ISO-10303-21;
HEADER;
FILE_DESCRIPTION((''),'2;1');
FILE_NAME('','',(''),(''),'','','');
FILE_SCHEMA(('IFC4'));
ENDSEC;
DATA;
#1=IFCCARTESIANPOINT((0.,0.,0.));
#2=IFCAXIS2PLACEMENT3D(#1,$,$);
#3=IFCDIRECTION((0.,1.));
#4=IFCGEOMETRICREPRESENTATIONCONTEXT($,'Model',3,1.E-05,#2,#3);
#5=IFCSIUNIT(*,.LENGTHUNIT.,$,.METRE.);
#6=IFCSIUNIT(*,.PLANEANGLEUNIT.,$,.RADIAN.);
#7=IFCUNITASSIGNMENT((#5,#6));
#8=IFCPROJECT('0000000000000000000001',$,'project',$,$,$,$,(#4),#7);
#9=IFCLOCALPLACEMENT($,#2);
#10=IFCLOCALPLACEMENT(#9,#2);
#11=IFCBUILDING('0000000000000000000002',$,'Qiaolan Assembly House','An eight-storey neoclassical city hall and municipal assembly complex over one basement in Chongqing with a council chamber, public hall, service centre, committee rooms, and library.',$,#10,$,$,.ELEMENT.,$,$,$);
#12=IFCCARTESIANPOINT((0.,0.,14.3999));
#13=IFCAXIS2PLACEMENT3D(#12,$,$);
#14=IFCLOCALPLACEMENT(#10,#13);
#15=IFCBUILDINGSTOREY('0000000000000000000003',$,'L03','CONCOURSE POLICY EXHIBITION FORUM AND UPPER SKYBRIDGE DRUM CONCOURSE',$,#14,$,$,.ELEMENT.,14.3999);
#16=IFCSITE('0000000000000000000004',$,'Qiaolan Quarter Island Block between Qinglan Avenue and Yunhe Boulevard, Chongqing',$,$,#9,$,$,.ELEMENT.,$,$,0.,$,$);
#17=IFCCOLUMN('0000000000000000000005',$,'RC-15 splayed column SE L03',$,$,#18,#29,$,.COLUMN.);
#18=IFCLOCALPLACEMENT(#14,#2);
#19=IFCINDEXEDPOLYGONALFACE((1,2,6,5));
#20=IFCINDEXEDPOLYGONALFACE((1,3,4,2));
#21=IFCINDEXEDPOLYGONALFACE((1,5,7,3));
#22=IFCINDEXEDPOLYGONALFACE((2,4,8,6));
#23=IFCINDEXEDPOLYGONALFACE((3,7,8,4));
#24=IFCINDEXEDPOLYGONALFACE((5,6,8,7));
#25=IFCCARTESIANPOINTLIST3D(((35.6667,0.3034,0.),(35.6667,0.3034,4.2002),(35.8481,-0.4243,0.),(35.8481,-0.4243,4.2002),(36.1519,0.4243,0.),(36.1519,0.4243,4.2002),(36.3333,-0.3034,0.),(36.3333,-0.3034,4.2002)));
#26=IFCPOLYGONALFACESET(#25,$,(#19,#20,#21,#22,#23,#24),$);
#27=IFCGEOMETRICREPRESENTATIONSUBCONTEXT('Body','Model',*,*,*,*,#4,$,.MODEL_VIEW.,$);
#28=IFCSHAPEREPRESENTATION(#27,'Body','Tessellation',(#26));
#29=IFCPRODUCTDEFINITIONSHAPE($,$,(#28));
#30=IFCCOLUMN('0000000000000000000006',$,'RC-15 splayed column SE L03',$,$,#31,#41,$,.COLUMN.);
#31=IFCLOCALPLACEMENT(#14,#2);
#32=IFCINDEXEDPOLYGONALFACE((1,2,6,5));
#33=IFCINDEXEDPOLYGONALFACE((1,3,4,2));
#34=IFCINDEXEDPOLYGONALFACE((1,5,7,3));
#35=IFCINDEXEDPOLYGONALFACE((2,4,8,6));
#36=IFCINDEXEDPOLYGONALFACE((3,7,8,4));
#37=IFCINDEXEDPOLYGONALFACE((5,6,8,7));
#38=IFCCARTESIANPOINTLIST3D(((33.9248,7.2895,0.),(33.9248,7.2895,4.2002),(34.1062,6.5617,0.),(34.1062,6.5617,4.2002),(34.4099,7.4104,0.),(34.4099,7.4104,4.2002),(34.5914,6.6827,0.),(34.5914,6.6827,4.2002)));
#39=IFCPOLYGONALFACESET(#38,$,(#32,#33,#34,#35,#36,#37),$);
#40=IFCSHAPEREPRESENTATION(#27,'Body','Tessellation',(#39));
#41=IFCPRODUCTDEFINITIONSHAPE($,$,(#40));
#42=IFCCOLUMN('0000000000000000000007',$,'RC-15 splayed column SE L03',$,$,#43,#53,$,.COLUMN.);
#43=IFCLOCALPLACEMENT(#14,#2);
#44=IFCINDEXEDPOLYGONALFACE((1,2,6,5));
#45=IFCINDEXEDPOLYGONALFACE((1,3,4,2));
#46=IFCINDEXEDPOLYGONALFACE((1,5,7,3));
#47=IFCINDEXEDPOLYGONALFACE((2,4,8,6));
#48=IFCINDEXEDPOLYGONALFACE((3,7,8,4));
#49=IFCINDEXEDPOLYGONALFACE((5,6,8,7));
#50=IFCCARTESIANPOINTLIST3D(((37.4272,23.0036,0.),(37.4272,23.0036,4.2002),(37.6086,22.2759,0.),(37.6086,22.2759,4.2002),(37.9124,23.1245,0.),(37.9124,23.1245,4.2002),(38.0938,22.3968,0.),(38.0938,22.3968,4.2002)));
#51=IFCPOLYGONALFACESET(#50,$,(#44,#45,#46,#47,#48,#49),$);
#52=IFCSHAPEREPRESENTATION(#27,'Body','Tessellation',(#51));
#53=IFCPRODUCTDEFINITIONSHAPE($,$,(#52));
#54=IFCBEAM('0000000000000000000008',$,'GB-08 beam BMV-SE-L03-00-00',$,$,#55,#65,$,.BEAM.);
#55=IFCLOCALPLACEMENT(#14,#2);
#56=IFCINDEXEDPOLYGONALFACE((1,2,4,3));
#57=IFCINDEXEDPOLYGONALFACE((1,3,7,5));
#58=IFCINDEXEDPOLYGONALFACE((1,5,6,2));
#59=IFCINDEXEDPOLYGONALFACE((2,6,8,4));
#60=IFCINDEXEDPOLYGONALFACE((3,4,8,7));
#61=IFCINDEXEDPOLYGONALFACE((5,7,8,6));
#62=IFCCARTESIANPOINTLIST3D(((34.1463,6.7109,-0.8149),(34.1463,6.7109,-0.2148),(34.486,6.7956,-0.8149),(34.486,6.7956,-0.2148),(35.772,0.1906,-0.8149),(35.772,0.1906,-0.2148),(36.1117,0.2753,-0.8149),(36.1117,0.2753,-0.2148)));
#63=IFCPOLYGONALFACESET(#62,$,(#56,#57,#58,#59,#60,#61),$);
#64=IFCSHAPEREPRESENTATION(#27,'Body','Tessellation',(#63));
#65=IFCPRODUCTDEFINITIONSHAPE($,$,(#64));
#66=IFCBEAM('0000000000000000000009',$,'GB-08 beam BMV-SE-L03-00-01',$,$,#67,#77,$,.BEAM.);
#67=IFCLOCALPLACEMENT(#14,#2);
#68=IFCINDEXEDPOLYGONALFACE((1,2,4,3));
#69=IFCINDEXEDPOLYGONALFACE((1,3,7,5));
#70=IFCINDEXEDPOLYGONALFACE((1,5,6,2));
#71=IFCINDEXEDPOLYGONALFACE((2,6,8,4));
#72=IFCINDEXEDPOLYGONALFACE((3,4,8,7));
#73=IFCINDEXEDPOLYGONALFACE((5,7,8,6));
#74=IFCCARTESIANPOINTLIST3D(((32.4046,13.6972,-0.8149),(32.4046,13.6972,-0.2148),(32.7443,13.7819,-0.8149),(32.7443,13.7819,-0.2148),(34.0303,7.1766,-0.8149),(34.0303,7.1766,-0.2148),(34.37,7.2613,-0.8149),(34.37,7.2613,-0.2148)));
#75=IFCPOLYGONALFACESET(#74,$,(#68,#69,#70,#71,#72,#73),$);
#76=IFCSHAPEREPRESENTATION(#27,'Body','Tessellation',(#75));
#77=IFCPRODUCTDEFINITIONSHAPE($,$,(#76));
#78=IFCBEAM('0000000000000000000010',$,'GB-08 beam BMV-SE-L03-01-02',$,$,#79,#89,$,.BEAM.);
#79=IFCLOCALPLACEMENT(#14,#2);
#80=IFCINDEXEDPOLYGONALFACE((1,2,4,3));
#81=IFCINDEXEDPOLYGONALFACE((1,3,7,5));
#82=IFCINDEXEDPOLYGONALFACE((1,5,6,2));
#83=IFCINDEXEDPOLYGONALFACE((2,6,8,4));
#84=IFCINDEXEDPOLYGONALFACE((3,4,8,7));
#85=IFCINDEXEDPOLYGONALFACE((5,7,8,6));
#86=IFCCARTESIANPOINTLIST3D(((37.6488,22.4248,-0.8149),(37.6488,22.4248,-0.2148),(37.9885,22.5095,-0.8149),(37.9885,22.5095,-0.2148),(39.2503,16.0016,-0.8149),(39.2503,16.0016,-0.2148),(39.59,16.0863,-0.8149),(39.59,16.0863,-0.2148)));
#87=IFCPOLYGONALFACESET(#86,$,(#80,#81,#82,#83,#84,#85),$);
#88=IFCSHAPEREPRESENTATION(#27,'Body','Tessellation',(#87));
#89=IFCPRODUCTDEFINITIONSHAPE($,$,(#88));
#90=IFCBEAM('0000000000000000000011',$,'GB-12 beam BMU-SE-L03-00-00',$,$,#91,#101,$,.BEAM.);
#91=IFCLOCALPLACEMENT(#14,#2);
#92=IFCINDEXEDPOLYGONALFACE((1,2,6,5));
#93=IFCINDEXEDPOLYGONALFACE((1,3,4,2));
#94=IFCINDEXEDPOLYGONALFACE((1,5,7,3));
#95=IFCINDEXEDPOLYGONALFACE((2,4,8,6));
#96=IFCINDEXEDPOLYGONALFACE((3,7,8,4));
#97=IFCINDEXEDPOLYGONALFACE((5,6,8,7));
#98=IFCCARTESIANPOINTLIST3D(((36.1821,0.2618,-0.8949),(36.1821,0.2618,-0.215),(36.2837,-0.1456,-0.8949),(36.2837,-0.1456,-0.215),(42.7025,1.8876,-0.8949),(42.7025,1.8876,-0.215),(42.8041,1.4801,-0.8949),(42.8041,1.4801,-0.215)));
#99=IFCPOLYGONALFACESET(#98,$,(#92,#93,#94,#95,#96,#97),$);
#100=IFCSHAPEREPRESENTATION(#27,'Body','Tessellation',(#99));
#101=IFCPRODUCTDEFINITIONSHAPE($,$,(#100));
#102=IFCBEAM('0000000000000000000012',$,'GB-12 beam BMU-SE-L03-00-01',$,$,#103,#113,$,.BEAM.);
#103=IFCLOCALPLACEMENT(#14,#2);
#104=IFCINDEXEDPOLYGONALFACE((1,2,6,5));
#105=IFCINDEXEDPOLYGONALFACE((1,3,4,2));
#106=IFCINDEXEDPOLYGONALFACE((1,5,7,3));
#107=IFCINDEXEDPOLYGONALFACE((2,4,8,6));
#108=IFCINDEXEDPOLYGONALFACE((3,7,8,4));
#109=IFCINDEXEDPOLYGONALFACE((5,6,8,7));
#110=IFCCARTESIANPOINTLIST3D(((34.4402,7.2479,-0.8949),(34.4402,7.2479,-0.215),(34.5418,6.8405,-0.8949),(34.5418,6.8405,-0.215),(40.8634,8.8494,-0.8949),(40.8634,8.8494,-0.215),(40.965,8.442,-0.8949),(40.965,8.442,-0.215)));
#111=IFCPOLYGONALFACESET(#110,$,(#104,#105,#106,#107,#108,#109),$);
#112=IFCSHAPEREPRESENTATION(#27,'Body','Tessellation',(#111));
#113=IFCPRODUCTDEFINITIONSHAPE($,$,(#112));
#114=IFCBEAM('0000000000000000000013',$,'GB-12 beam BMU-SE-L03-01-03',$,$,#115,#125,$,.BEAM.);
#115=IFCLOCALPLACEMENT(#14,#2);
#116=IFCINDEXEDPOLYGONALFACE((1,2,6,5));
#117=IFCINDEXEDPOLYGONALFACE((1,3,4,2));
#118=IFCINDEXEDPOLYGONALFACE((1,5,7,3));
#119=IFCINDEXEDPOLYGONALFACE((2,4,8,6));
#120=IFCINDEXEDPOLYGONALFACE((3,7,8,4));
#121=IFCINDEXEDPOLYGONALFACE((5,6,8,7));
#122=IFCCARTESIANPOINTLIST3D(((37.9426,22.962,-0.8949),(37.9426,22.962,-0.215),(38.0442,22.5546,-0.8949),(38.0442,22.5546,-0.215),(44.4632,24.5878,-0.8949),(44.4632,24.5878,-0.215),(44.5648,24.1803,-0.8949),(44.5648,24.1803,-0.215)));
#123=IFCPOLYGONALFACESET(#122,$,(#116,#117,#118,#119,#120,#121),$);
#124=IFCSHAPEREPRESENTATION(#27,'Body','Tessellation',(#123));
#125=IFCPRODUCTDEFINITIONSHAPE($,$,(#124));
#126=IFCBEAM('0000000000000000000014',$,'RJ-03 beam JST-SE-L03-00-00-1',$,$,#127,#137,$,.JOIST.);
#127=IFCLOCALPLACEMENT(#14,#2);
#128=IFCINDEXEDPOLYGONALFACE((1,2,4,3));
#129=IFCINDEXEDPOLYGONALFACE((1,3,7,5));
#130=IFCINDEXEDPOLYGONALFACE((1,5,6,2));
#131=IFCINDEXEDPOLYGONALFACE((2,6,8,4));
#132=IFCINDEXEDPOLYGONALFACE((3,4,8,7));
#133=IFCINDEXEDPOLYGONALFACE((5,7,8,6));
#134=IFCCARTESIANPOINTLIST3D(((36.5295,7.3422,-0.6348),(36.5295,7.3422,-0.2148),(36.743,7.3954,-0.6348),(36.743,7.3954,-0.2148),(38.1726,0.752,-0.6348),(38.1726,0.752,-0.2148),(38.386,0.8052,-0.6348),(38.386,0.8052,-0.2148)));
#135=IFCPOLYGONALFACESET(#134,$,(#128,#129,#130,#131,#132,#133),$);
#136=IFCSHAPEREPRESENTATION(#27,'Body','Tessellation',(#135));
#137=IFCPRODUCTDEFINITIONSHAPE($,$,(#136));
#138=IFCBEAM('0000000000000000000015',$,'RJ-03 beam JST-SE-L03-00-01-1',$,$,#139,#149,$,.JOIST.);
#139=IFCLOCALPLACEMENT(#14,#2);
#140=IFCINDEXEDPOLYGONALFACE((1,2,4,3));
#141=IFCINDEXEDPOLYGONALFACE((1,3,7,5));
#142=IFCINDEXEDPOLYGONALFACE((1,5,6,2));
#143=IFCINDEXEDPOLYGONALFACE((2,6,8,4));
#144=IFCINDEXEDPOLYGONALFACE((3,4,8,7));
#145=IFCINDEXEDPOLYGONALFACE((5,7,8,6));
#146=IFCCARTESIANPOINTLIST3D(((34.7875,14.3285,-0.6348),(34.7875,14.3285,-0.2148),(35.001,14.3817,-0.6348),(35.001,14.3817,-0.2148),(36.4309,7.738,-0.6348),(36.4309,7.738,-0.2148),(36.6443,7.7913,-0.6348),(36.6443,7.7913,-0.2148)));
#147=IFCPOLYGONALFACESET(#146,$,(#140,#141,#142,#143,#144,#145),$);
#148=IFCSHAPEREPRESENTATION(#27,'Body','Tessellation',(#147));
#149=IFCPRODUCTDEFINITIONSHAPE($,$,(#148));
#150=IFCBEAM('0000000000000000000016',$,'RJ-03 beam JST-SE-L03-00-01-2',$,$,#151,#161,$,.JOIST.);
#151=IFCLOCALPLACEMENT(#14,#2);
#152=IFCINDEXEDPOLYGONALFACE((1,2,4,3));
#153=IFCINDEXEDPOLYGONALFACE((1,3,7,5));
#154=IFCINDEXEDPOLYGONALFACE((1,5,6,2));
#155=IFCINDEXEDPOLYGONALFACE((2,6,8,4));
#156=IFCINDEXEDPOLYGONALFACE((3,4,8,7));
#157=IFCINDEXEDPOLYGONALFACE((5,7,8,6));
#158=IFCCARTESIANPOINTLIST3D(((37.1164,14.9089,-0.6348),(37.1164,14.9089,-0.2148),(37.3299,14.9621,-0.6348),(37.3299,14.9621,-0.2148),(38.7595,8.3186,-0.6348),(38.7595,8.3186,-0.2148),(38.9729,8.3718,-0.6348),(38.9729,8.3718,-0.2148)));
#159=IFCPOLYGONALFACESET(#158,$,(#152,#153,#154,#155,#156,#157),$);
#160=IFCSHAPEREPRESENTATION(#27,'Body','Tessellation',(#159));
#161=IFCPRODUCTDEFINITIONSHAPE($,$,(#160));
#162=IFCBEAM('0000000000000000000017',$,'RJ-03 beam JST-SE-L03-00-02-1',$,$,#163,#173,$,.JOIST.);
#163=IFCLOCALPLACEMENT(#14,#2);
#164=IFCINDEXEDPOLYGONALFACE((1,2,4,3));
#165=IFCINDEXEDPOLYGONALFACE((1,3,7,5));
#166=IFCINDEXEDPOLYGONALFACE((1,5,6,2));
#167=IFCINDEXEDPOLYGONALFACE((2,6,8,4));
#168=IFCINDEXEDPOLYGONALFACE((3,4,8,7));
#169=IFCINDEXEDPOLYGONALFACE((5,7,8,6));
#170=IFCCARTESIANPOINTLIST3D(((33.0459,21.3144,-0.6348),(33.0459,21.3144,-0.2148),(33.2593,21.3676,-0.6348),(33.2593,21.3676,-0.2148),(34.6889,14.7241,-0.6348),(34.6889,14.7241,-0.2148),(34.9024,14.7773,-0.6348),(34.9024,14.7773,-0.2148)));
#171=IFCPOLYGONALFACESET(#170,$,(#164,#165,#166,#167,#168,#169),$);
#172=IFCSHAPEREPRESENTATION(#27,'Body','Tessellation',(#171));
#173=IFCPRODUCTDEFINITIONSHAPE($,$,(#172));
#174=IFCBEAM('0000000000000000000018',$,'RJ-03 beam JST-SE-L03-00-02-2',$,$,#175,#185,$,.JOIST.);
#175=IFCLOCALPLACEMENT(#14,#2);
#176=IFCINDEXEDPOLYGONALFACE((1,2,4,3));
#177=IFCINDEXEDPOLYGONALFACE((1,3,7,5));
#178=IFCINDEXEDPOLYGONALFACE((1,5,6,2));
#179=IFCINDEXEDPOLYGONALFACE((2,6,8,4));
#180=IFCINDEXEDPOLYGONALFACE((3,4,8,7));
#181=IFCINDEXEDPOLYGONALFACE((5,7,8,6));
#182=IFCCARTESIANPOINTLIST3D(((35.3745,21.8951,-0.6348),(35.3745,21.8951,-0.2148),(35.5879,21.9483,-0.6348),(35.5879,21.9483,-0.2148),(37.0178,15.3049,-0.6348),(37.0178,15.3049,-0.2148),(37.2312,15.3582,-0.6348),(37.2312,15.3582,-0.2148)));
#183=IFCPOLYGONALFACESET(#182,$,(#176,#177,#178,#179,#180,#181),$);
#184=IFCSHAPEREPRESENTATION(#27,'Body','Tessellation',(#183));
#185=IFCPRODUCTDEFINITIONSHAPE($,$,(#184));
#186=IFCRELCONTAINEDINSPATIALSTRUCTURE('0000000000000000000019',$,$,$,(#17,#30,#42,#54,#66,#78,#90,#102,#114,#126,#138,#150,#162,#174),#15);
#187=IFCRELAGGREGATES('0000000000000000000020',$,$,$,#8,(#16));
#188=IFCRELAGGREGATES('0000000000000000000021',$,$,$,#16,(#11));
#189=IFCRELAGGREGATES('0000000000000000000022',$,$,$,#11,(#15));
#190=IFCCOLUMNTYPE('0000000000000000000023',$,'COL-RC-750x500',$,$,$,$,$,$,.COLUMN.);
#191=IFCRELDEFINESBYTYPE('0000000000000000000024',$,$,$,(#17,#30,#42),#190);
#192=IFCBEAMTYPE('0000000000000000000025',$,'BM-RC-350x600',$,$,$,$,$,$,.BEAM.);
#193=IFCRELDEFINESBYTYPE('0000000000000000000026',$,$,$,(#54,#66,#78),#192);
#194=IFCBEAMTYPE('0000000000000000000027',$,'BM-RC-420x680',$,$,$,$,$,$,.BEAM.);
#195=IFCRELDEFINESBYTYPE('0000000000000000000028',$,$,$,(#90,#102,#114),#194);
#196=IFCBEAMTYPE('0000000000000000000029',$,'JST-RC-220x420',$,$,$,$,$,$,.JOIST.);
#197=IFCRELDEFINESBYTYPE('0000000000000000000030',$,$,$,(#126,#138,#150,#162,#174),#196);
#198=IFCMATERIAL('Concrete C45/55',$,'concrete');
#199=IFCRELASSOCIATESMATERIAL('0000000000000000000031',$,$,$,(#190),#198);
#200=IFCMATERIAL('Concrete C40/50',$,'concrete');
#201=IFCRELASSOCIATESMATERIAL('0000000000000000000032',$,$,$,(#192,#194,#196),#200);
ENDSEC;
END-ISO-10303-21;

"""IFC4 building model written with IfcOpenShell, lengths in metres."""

from ifc_helpers import new_model, si_unit, direction, frame, origin, origin_2d, place, context, subcontext, project, spatial, rectangle, extrude, material, material_profile, profile_set, type_object, element, save


model = new_model("IFC4")

# Units and contexts
model_context = context("Model", 3, precision=1e-05, world=origin(), true_north=direction((0.0, 1.0)))
body_context = subcontext(model_context, "Body", "Model", "MODEL_VIEW")
ifc_project = project(units=[si_unit("LENGTHUNIT", "METRE"), si_unit("PLANEANGLEUNIT", "RADIAN")], contexts=[model_context])

# Site, building, storey
site_placement = place(None, origin())
site = spatial("IfcSite", under=ifc_project, at=site_placement, Name="Qiaolan Quarter Island Block between Qinglan Avenue and Yunhe Boulevard, Chongqing", CompositionType="ELEMENT", RefElevation=0.0)
building_placement = place(site_placement, origin())
building = spatial("IfcBuilding", under=site, at=building_placement, Name="Qiaolan Assembly House", Description="An eight-storey neoclassical city hall and municipal assembly complex over one basement in Chongqing with a council chamber, public hall, service centre, committee rooms, and library.", CompositionType="ELEMENT")
storey_placement = place(building_placement, frame((0.0, 0.0, 14.3999)))
storey = spatial("IfcBuildingStorey", under=building, at=storey_placement, Name="L03", Description="CONCOURSE POLICY EXHIBITION FORUM AND UPPER SKYBRIDGE DRUM CONCOURSE", CompositionType="ELEMENT", Elevation=14.3999)

# Columns
ifc_material_1 = material(Name="Concrete C45/55", Category="concrete")
ifc_material_profile_1 = material_profile(ifc_material_1, rectangle(XDim=0.5, YDim=0.75, at=origin_2d()), Name="RC 750x500")
ifc_profile_set_1 = profile_set([ifc_material_profile_1], Name="Concrete C45/55")
column_type = type_object("IfcColumnType", Name="COL-RC-750x500", PredefinedType="COLUMN", material=ifc_profile_set_1)
for number, where, z_axis, x_axis, name in (
    (1, (36.0, 0.0, 0.0), (0.0, 0.0, 1.0), (0.970296, 0.241922, 0.0), "RC-15 splayed column SE L03"),
    (2, (34.2581, 6.9861, 0.0), (0.0, 0.0, 1.0), (0.970296, 0.241922, 0.0), "RC-15 splayed column SE L03"),
    (3, (37.7605, 22.7002, 0.0), (0.0, 0.0, 1.0), (0.970296, 0.241922, 0.0), "RC-15 splayed column SE L03"),
):
    element("IfcColumn", number, at=place(storey_placement, frame(where, z_axis=z_axis, x_axis=x_axis)), inside=storey, type_object=column_type, Name=name, PredefinedType="COLUMN", context=body_context, shape_type="SweptSolid", body=[
        extrude(rectangle(XDim=0.5, YDim=0.75, at=origin_2d()), origin(), (0.0, 0.0, 1.0), 4.2002),
    ])

# Beams
ifc_material_2 = material(Name="Concrete C40/50", Category="concrete")
ifc_material_profile_2 = material_profile(ifc_material_2, rectangle(XDim=0.3501, YDim=0.6001, at=origin_2d()), Name="RCB 350x600")
ifc_profile_set_2 = profile_set([ifc_material_profile_2], Name="Concrete C40/50")
beam_type_1 = type_object("IfcBeamType", Name="BM-RC-350x600", PredefinedType="BEAM", material=ifc_profile_set_2)
beam_1_placement = place(storey_placement, frame((35.9419, 0.2329, -0.5149), z_axis=(-0.241929, 0.970294, 0.0), x_axis=(-0.970294, -0.241929, 0.0)))
element("IfcBeam", 4, at=beam_1_placement, inside=storey, type_object=beam_type_1, Name="GB-08 beam BMV-SE-L03-00-00", PredefinedType="BEAM", context=body_context, shape_type="SweptSolid", body=[
    extrude(rectangle(XDim=0.3501, YDim=0.6001, at=origin_2d()), origin(), (0.0, 0.0, 1.0), 6.72),
])
beam_2_placement = place(storey_placement, frame((34.2002, 7.219, -0.5149), z_axis=(-0.24192, 0.970296, 0.0), x_axis=(-0.970296, -0.24192, 0.0)))
element("IfcBeam", 5, at=beam_2_placement, inside=storey, type_object=beam_type_1, Name="GB-08 beam BMV-SE-L03-00-01", PredefinedType="BEAM", context=body_context, shape_type="SweptSolid", body=[
    extrude(rectangle(XDim=0.3501, YDim=0.6001, at=origin_2d()), origin(), (0.0, 0.0, 1.0), 6.7202),
])
beam_3_placement = place(storey_placement, frame((39.4202, 16.0439, -0.5149), z_axis=(-0.241928, 0.970294, 0.0), x_axis=(-0.970294, -0.241928, 0.0)))
element("IfcBeam", 6, at=beam_3_placement, inside=storey, type_object=beam_type_1, Name="GB-08 beam BMV-SE-L03-01-02", PredefinedType="BEAM", context=body_context, shape_type="SweptSolid", body=[
    extrude(rectangle(XDim=0.3501, YDim=0.6001, at=origin_2d()), origin(), (0.0, 0.0, 1.0), 6.6199),
])
ifc_material_profile_3 = material_profile(ifc_material_2, rectangle(XDim=0.4199, YDim=0.6799, at=origin_2d()), Name="RCB 420x680")
ifc_profile_set_3 = profile_set([ifc_material_profile_3], Name="Concrete C40/50")
beam_type_2 = type_object("IfcBeamType", Name="BM-RC-420x680", PredefinedType="BEAM", material=ifc_profile_set_3)
beam_4_placement = place(storey_placement, frame((36.2329, 0.0581, -0.5549), z_axis=(0.970294, 0.241929, 0.0), x_axis=(-0.241929, 0.970294, 0.0)))
element("IfcBeam", 7, at=beam_4_placement, inside=storey, type_object=beam_type_2, Name="GB-12 beam BMU-SE-L03-00-00", PredefinedType="BEAM", context=body_context, shape_type="SweptSolid", body=[
    extrude(rectangle(XDim=0.4199, YDim=0.6799, at=origin_2d()), origin(), (0.0, 0.0, 1.0), 6.72),
])
beam_5_placement = place(storey_placement, frame((34.491, 7.0442, -0.5549), z_axis=(0.970294, 0.241928, 0.0), x_axis=(-0.241928, 0.970294, 0.0)))
element("IfcBeam", 8, at=beam_5_placement, inside=storey, type_object=beam_type_2, Name="GB-12 beam BMU-SE-L03-00-01", PredefinedType="BEAM", context=body_context, shape_type="SweptSolid", body=[
    extrude(rectangle(XDim=0.4199, YDim=0.6799, at=origin_2d()), origin(), (0.0, 0.0, 1.0), 6.6199),
])
beam_6_placement = place(storey_placement, frame((37.9934, 22.7583, -0.5549), z_axis=(0.970296, 0.24192, 0.0), x_axis=(-0.24192, 0.970296, 0.0)))
element("IfcBeam", 9, at=beam_6_placement, inside=storey, type_object=beam_type_2, Name="GB-12 beam BMU-SE-L03-01-03", PredefinedType="BEAM", context=body_context, shape_type="SweptSolid", body=[
    extrude(rectangle(XDim=0.4199, YDim=0.6799, at=origin_2d()), origin(), (0.0, 0.0, 1.0), 6.7202),
])
ifc_material_profile_4 = material_profile(ifc_material_2, rectangle(XDim=0.22, YDim=0.4199, at=origin_2d()), Name="RCB 220x420")
ifc_profile_set_4 = profile_set([ifc_material_profile_4], Name="Concrete C40/50")
beam_type_3 = type_object("IfcBeamType", Name="JST-RC-220x420", PredefinedType="JOIST", material=ifc_profile_set_4)
beam_7_placement = place(storey_placement, frame((38.2793, 0.7786, -0.4248), z_axis=(-0.24191, 0.970299, 0.0), x_axis=(-0.970299, -0.24191, 0.0)))
element("IfcBeam", 10, at=beam_7_placement, inside=storey, type_object=beam_type_3, Name="RJ-03 beam JST-SE-L03-00-00-1", PredefinedType="JOIST", context=body_context, shape_type="SweptSolid", body=[
    extrude(rectangle(XDim=0.22, YDim=0.4199, at=origin_2d()), origin(), (0.0, 0.0, 1.0), 6.792),
])
beam_8_placement = place(storey_placement, frame((36.5376, 7.7646, -0.4248), z_axis=(-0.241944, 0.97029, 0.0), x_axis=(-0.97029, -0.241944, 0.0)))
element("IfcBeam", 11, at=beam_8_placement, inside=storey, type_object=beam_type_3, Name="RJ-03 beam JST-SE-L03-00-01-1", PredefinedType="JOIST", context=body_context, shape_type="SweptSolid", body=[
    extrude(rectangle(XDim=0.22, YDim=0.4199, at=origin_2d()), origin(), (0.0, 0.0, 1.0), 6.7922),
])
for number, where, z_axis, x_axis, name in (
    (12, (38.8662, 8.3452, -0.4248), (-0.24191, 0.970299, 0.0), (-0.970299, -0.24191, 0.0), "RJ-03 beam JST-SE-L03-00-01-2"),
    (13, (34.7957, 14.7507, -0.4248), (-0.24191, 0.970299, 0.0), (-0.970299, -0.24191, 0.0), "RJ-03 beam JST-SE-L03-00-02-1"),
    (14, (37.1245, 15.3315, -0.4248), (-0.241952, 0.970288, 0.0), (-0.970288, -0.241952, 0.0), "RJ-03 beam JST-SE-L03-00-02-2"),
):
    element("IfcBeam", number, at=place(storey_placement, frame(where, z_axis=z_axis, x_axis=x_axis)), inside=storey, type_object=beam_type_3, Name=name, PredefinedType="JOIST", context=body_context, shape_type="SweptSolid", body=[
        extrude(rectangle(XDim=0.22, YDim=0.4199, at=origin_2d()), origin(), (0.0, 0.0, 1.0), 6.792),
    ])

save(model, "model.ifc")
